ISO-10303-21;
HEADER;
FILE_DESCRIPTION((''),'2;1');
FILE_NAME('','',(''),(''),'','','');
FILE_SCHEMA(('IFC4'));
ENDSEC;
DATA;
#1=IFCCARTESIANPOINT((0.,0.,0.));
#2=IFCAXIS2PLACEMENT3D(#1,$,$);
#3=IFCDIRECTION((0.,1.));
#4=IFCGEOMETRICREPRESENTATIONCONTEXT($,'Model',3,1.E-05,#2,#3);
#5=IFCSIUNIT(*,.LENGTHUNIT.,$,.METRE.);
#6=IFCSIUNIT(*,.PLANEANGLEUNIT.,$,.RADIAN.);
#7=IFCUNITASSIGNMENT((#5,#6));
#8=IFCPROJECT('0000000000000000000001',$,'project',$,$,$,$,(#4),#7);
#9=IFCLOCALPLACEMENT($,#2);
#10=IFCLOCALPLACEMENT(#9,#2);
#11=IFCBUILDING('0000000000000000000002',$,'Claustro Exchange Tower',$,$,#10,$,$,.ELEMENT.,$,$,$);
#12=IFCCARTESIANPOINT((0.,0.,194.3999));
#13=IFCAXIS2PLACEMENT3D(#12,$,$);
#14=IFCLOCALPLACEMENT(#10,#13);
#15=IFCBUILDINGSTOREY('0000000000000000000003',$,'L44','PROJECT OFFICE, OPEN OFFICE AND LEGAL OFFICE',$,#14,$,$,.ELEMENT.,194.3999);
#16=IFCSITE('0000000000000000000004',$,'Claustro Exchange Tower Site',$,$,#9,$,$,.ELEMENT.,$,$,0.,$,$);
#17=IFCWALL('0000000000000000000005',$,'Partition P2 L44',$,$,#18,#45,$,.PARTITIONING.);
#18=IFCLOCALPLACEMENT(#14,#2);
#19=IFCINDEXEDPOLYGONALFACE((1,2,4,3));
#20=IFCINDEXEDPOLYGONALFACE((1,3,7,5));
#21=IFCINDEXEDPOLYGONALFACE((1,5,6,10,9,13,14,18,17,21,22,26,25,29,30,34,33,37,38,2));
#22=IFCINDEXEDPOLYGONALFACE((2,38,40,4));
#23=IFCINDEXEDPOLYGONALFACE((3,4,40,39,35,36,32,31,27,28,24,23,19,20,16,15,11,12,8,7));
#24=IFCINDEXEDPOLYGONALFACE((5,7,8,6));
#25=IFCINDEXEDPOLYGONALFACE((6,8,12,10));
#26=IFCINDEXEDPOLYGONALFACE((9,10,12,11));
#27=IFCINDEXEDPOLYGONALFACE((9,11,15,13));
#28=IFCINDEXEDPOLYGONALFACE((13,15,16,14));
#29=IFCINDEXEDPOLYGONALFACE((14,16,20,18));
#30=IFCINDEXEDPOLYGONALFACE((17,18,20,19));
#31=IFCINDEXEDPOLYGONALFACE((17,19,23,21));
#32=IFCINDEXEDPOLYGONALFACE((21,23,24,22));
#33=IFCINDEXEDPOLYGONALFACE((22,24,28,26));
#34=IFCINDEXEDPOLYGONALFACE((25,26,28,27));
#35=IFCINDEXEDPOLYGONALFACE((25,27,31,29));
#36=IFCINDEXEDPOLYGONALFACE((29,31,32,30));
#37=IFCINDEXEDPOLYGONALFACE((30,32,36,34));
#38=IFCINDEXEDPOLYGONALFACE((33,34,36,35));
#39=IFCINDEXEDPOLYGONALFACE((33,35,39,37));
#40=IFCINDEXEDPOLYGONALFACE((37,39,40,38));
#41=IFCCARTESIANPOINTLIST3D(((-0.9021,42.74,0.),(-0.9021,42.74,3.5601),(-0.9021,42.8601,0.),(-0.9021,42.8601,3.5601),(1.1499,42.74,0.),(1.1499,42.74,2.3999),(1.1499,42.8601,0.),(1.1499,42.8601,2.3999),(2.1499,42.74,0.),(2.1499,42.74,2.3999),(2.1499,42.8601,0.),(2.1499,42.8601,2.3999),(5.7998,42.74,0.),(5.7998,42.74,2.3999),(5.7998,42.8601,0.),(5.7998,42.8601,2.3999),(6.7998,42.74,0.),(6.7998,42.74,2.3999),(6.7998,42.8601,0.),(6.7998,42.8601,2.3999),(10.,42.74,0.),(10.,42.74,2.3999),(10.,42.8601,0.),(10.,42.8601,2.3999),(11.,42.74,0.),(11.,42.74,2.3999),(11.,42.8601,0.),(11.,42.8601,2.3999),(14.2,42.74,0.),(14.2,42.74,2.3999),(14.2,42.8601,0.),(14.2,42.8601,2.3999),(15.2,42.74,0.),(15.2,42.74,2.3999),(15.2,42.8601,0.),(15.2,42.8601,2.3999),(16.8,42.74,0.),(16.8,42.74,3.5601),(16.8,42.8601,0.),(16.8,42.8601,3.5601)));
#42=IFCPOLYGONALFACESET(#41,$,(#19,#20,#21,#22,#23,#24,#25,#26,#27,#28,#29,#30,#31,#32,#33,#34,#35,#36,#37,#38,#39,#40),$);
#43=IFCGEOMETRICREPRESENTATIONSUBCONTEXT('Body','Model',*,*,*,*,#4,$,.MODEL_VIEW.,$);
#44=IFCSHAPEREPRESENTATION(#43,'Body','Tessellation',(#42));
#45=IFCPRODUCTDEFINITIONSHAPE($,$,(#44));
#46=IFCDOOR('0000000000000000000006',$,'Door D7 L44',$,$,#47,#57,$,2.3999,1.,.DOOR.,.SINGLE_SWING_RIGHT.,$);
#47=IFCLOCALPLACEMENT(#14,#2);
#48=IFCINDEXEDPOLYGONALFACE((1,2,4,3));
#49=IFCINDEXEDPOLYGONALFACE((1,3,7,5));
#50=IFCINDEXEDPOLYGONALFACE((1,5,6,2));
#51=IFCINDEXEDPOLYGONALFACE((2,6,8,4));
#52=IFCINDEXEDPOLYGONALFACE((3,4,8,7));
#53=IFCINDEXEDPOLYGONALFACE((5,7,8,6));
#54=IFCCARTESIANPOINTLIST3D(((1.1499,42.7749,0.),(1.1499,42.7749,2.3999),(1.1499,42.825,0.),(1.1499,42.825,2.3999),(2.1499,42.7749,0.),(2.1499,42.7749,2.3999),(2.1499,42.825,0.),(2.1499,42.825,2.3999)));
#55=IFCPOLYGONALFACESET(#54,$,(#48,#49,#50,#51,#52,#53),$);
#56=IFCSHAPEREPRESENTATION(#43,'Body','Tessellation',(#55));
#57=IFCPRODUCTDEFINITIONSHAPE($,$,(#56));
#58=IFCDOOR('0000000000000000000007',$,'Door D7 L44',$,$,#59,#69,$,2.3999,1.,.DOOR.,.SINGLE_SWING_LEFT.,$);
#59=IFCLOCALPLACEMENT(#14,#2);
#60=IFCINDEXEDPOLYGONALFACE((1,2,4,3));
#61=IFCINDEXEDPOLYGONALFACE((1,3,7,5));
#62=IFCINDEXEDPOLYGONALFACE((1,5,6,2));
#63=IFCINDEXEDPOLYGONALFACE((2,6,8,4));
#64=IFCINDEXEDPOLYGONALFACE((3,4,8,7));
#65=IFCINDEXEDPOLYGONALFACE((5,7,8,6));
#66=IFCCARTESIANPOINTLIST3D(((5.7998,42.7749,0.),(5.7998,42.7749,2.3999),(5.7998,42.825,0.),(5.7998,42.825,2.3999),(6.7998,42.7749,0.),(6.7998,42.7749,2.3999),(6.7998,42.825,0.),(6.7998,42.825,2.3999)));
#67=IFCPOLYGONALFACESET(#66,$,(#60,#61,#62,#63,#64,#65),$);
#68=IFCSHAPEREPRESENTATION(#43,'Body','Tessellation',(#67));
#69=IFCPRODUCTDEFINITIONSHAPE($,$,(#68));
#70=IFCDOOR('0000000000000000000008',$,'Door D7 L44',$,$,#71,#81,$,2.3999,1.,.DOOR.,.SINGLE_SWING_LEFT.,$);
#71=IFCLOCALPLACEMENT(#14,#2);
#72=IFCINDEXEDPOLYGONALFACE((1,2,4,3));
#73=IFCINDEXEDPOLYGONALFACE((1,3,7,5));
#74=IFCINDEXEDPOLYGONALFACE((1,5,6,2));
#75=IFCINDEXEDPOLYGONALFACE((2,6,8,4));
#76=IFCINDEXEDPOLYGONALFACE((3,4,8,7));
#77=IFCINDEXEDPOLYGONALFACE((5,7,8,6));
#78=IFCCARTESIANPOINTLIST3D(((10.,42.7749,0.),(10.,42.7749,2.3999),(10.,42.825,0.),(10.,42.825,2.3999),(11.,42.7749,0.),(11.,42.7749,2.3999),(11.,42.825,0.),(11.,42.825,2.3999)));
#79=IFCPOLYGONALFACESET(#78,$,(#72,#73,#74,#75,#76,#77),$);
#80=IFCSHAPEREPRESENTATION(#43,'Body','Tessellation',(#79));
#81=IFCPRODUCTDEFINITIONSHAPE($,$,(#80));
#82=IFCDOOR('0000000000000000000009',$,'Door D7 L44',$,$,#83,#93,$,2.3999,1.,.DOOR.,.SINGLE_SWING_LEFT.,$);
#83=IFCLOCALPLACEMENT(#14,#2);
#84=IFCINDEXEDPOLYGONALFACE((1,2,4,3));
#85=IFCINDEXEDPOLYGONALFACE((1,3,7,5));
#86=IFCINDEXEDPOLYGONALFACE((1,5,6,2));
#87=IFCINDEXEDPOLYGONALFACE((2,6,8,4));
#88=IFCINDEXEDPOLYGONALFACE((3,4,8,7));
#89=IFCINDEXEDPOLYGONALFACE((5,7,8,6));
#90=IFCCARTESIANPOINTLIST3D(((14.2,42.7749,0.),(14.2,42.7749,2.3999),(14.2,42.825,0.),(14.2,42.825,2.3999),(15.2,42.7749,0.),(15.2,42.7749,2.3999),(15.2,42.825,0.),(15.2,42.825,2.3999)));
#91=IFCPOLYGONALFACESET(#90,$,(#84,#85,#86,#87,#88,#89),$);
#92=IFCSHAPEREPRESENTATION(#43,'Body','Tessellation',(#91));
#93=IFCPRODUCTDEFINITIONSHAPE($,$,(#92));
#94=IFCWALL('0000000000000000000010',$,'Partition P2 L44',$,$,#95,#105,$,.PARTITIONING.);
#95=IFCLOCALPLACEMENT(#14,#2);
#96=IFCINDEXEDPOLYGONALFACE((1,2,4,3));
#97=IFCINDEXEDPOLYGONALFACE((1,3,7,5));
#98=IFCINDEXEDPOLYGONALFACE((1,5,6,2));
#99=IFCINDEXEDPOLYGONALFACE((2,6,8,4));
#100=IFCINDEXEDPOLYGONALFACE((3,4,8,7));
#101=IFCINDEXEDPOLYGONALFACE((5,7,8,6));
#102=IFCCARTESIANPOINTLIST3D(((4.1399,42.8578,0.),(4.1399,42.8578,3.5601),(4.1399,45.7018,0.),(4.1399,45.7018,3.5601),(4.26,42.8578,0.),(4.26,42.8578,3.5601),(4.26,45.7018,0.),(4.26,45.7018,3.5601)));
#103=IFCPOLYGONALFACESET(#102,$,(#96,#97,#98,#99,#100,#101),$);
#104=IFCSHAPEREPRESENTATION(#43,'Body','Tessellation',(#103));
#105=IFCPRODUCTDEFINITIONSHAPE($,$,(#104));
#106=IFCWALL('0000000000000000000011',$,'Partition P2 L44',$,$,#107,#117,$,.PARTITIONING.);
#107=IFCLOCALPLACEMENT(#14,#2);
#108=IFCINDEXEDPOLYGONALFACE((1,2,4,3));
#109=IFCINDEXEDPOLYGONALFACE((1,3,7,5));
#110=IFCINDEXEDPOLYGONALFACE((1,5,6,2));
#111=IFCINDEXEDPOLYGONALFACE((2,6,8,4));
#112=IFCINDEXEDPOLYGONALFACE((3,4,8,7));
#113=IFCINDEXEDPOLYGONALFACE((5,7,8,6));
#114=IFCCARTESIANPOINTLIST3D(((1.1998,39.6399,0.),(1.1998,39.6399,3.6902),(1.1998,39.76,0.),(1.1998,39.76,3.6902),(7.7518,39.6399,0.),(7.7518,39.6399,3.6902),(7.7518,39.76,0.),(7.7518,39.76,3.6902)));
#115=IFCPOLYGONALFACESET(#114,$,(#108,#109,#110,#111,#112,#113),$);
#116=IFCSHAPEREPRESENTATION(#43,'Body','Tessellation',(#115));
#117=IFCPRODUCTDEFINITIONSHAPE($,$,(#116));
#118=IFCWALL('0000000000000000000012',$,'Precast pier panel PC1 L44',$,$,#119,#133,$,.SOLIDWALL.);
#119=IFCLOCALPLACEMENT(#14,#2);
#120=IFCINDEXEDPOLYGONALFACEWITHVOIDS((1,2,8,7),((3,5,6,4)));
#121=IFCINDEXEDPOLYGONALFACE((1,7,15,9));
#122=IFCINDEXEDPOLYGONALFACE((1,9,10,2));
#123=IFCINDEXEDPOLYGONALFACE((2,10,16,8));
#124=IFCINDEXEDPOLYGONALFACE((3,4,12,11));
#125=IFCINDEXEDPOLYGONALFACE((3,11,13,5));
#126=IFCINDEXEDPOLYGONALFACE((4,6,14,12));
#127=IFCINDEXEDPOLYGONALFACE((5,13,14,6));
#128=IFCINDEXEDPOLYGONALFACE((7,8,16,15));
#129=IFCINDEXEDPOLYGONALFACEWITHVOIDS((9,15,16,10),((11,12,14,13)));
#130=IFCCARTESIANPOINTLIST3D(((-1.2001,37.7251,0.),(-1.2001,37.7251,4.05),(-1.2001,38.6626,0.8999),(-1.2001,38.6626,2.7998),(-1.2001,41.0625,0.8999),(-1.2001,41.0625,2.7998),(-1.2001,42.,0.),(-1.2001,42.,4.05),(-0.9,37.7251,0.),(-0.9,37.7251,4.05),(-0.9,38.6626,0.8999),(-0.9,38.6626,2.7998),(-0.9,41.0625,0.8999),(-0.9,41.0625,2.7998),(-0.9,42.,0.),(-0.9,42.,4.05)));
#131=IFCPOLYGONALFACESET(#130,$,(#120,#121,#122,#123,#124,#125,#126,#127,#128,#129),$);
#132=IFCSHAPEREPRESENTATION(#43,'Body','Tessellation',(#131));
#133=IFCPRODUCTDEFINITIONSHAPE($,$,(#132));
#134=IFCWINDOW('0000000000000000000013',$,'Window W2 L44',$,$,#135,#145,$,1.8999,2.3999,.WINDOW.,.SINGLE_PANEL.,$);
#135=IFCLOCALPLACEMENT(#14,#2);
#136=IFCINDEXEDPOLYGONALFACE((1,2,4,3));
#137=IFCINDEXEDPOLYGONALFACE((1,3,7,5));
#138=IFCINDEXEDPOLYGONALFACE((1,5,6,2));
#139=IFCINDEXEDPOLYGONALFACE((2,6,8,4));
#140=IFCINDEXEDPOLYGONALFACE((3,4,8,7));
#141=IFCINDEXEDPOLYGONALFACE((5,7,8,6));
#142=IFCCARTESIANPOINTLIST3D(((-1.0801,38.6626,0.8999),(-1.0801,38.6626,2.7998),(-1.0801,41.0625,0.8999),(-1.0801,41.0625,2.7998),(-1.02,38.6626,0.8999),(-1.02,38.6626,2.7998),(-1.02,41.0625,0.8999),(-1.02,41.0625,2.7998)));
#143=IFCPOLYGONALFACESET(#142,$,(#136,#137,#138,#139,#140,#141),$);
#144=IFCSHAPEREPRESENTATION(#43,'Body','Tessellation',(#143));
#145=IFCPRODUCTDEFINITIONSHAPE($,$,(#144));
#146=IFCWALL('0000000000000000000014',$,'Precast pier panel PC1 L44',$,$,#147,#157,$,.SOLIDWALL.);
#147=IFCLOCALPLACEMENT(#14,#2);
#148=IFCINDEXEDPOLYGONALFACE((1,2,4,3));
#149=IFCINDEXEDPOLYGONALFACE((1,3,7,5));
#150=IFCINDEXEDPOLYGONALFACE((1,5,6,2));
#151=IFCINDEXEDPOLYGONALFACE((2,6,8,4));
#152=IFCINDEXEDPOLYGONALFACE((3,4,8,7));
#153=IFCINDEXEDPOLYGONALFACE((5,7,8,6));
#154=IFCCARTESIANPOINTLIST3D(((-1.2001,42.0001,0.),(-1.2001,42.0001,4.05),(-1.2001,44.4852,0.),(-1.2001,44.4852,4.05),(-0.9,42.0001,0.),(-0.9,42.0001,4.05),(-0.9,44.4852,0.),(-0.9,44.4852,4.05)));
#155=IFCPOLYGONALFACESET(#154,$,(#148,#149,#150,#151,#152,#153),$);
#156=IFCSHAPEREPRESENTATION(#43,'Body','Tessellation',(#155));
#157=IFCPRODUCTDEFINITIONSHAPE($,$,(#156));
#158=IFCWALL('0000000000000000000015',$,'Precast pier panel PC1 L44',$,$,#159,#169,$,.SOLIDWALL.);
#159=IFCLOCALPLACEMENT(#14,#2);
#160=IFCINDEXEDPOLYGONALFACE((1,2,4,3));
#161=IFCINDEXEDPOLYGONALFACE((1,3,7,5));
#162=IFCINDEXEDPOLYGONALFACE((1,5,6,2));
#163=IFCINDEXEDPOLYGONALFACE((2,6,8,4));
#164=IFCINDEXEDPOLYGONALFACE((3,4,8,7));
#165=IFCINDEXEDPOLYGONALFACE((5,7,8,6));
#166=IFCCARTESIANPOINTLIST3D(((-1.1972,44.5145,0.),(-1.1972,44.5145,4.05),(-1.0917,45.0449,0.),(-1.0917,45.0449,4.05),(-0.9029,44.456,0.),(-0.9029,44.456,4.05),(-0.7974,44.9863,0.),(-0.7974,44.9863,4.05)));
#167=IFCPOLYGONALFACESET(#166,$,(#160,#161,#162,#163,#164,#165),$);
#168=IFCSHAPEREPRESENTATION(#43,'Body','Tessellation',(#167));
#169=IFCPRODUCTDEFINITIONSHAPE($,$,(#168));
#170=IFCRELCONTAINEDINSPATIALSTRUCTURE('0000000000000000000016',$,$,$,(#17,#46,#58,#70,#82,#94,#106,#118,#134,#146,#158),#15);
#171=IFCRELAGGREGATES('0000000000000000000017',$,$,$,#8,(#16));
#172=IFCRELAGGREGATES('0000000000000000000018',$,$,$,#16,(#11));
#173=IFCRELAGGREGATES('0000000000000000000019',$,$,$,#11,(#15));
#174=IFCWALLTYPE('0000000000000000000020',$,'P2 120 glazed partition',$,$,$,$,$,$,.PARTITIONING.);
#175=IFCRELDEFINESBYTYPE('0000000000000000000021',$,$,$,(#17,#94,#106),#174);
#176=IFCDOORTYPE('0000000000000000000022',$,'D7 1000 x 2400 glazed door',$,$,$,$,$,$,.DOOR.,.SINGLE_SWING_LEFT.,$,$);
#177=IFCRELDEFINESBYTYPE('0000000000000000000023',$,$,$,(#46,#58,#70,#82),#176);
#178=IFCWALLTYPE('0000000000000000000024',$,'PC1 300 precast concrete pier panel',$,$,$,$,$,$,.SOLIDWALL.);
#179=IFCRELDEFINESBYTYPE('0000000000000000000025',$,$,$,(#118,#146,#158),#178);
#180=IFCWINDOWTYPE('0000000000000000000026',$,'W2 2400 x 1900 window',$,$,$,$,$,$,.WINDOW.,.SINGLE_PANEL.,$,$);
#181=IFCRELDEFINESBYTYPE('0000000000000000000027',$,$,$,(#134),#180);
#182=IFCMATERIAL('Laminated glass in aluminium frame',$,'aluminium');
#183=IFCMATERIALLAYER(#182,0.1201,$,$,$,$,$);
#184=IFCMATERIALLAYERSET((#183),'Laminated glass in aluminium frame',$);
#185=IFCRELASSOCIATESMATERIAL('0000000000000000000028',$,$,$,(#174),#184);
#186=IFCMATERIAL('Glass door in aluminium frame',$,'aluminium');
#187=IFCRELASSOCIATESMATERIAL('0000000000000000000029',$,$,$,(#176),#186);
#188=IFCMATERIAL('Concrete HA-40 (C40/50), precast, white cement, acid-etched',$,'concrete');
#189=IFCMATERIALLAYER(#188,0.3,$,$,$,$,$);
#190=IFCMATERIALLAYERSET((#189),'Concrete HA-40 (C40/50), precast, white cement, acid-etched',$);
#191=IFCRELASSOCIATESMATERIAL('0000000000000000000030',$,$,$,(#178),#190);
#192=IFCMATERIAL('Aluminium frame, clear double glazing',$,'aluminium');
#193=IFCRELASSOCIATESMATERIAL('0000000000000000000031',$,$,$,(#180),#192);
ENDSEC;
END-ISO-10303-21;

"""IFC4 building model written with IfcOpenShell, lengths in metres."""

from ifc_helpers import new_model, si_unit, direction, frame, frame_2d, origin, place, context, subcontext, project, spatial, rectangle, extrude, material, layer, layer_set, type_object, element, fill, save


model = new_model("IFC4")

# Units and contexts
model_context = context("Model", 3, precision=1e-05, world=origin(), true_north=direction((0.0, 1.0)))
body_context = subcontext(model_context, "Body", "Model", "MODEL_VIEW")
ifc_project = project(units=[si_unit("LENGTHUNIT", "METRE"), si_unit("PLANEANGLEUNIT", "RADIAN")], contexts=[model_context])

# Site, building, storey
site_placement = place(None, origin())
site = spatial("IfcSite", under=ifc_project, at=site_placement, Name="Claustro Exchange Tower Site", CompositionType="ELEMENT", RefElevation=0.0)
building_placement = place(site_placement, origin())
building = spatial("IfcBuilding", under=site, at=building_placement, Name="Claustro Exchange Tower", CompositionType="ELEMENT")
storey_placement = place(building_placement, frame((0.0, 0.0, 194.3999)))
storey = spatial("IfcBuildingStorey", under=building, at=storey_placement, Name="L44", Description="PROJECT OFFICE, OPEN OFFICE AND LEGAL OFFICE", CompositionType="ELEMENT", Elevation=194.3999)

# Wall, openings, doors
ifc_material_1 = material(Name="Laminated glass in aluminium frame", Category="aluminium")
ifc_layer_1 = layer(ifc_material_1, 0.1201)
ifc_layer_set_1 = layer_set([ifc_layer_1], Name="Laminated glass in aluminium frame")
wall_type_1 = type_object("IfcWallType", Name="P2 120 glazed partition", PredefinedType="PARTITIONING", material=ifc_layer_set_1)
wall_1_placement = place(storey_placement, frame((-0.9021, 42.8, 0.0), z_axis=(0.0, 0.0, 1.0), x_axis=(1.0, 0.0, 0.0)))
wall_1 = element("IfcWall", 1, at=wall_1_placement, inside=storey, type_object=wall_type_1, Name="Partition P2 L44", PredefinedType="PARTITIONING", context=body_context, shape_type="SweptSolid", body=[
    extrude(rectangle(XDim=17.7021, YDim=0.1201, at=frame_2d((8.8511, 0.0))), origin(), (0.0, 0.0, 1.0), 3.5601),
])
opening_1_placement = place(wall_1_placement, frame((2.052, 0.0, 0.0)))
opening_1 = element("IfcOpeningElement", 2, at=opening_1_placement, cuts=wall_1, PredefinedType="OPENING", context=body_context, shape_type="SweptSolid", body=[
    extrude(rectangle(XDim=1.0, YDim=2.3999, at=frame_2d((0.5, 1.2))), frame((0.0, 0.0701, 0.0), z_axis=(0.0, -1.0, 0.0), x_axis=(1.0, 0.0, 0.0)), (0.0, 0.0, 1.0), 0.1401),
])
opening_2_placement = place(wall_1_placement, frame((6.7019, 0.0, 0.0)))
opening_2 = element("IfcOpeningElement", 3, at=opening_2_placement, cuts=wall_1, PredefinedType="OPENING", context=body_context, shape_type="SweptSolid", body=[
    extrude(rectangle(XDim=1.0, YDim=2.3999, at=frame_2d((0.5, 1.2))), frame((0.0, 0.0701, 0.0), z_axis=(0.0, -1.0, 0.0), x_axis=(1.0, 0.0, 0.0)), (0.0, 0.0, 1.0), 0.1401),
])
opening_3_placement = place(wall_1_placement, frame((10.9021, 0.0, 0.0)))
opening_3 = element("IfcOpeningElement", 4, at=opening_3_placement, cuts=wall_1, PredefinedType="OPENING", context=body_context, shape_type="SweptSolid", body=[
    extrude(rectangle(XDim=1.0, YDim=2.3999, at=frame_2d((0.5, 1.2))), frame((0.0, 0.0701, 0.0), z_axis=(0.0, -1.0, 0.0), x_axis=(1.0, 0.0, 0.0)), (0.0, 0.0, 1.0), 0.1401),
])
opening_4_placement = place(wall_1_placement, frame((15.1021, 0.0, 0.0)))
opening_4 = element("IfcOpeningElement", 5, at=opening_4_placement, cuts=wall_1, PredefinedType="OPENING", context=body_context, shape_type="SweptSolid", body=[
    extrude(rectangle(XDim=1.0, YDim=2.3999, at=frame_2d((0.5, 1.2))), frame((0.0, 0.0701, 0.0), z_axis=(0.0, -1.0, 0.0), x_axis=(1.0, 0.0, 0.0)), (0.0, 0.0, 1.0), 0.1401),
])
ifc_material_2 = material(Name="Glass door in aluminium frame", Category="aluminium")
door_type = type_object("IfcDoorType", Name="D7 1000 x 2400 glazed door", OperationType="SINGLE_SWING_LEFT", PredefinedType="DOOR", material=ifc_material_2)
door_1_placement = place(opening_1_placement, origin())
door_1 = element("IfcDoor", 6, at=door_1_placement, inside=storey, type_object=door_type, Name="Door D7 L44", OperationType="SINGLE_SWING_RIGHT", OverallHeight=2.3999, OverallWidth=1.0, PredefinedType="DOOR", context=body_context, shape_type="SweptSolid", body=[
    extrude(rectangle(XDim=1.0, YDim=2.3999, at=frame_2d((0.5, 1.2))), frame((0.0, 0.0249, 0.0), z_axis=(0.0, -1.0, 0.0), x_axis=(1.0, 0.0, 0.0)), (0.0, 0.0, 1.0), 0.05),
])
fill(opening_1, door_1)
door_2_placement = place(opening_2_placement, origin())
door_2 = element("IfcDoor", 7, at=door_2_placement, inside=storey, type_object=door_type, Name="Door D7 L44", OperationType="SINGLE_SWING_LEFT", OverallHeight=2.3999, OverallWidth=1.0, PredefinedType="DOOR", context=body_context, shape_type="SweptSolid", body=[
    extrude(rectangle(XDim=1.0, YDim=2.3999, at=frame_2d((0.5, 1.2))), frame((0.0, 0.0249, 0.0), z_axis=(0.0, -1.0, 0.0), x_axis=(1.0, 0.0, 0.0)), (0.0, 0.0, 1.0), 0.05),
])
fill(opening_2, door_2)
door_3_placement = place(opening_3_placement, origin())
door_3 = element("IfcDoor", 8, at=door_3_placement, inside=storey, type_object=door_type, Name="Door D7 L44", OperationType="SINGLE_SWING_LEFT", OverallHeight=2.3999, OverallWidth=1.0, PredefinedType="DOOR", context=body_context, shape_type="SweptSolid", body=[
    extrude(rectangle(XDim=1.0, YDim=2.3999, at=frame_2d((0.5, 1.2))), frame((0.0, 0.0249, 0.0), z_axis=(0.0, -1.0, 0.0), x_axis=(1.0, 0.0, 0.0)), (0.0, 0.0, 1.0), 0.05),
])
fill(opening_3, door_3)
door_4_placement = place(opening_4_placement, origin())
door_4 = element("IfcDoor", 9, at=door_4_placement, inside=storey, type_object=door_type, Name="Door D7 L44", OperationType="SINGLE_SWING_LEFT", OverallHeight=2.3999, OverallWidth=1.0, PredefinedType="DOOR", context=body_context, shape_type="SweptSolid", body=[
    extrude(rectangle(XDim=1.0, YDim=2.3999, at=frame_2d((0.5, 1.2))), frame((0.0, 0.0249, 0.0), z_axis=(0.0, -1.0, 0.0), x_axis=(1.0, 0.0, 0.0)), (0.0, 0.0, 1.0), 0.05),
])
fill(opening_4, door_4)

# Walls
wall_2_placement = place(storey_placement, frame((4.2, 42.8579, 0.0), z_axis=(0.0, 0.0, 1.0), x_axis=(0.0, 1.0, 0.0)))
element("IfcWall", 10, at=wall_2_placement, inside=storey, type_object=wall_type_1, Name="Partition P2 L44", PredefinedType="PARTITIONING", context=body_context, shape_type="SweptSolid", body=[
    extrude(rectangle(XDim=2.844, YDim=0.1201, at=frame_2d((1.4219, 0.0))), origin(), (0.0, 0.0, 1.0), 3.5601),
])
wall_3_placement = place(storey_placement, frame((1.2, 39.7, 0.0), z_axis=(0.0, 0.0, 1.0), x_axis=(1.0, 0.0, 0.0)))
element("IfcWall", 11, at=wall_3_placement, inside=storey, type_object=wall_type_1, Name="Partition P2 L44", PredefinedType="PARTITIONING", context=body_context, shape_type="SweptSolid", body=[
    extrude(rectangle(XDim=6.552, YDim=0.1201, at=frame_2d((3.2759, 0.0))), origin(), (0.0, 0.0, 1.0), 3.6902),
])

# Wall, opening, window
ifc_material_3 = material(Name="Concrete HA-40 (C40/50), precast, white cement, acid-etched", Category="concrete")
ifc_layer_2 = layer(ifc_material_3, 0.3)
ifc_layer_set_2 = layer_set([ifc_layer_2], Name="Concrete HA-40 (C40/50), precast, white cement, acid-etched")
wall_type_2 = type_object("IfcWallType", Name="PC1 300 precast concrete pier panel", PredefinedType="SOLIDWALL", material=ifc_layer_set_2)
wall_4_placement = place(storey_placement, frame((-1.05, 37.7251, 0.0), z_axis=(0.0, 0.0, 1.0), x_axis=(0.0, 1.0, 0.0)))
wall_4 = element("IfcWall", 12, at=wall_4_placement, inside=storey, type_object=wall_type_2, Name="Precast pier panel PC1 L44", PredefinedType="SOLIDWALL", context=body_context, shape_type="SweptSolid", body=[
    extrude(rectangle(XDim=4.2749, YDim=0.3, at=frame_2d((2.1375, 0.0))), origin(), (0.0, 0.0, 1.0), 4.05),
])
opening_5_placement = place(wall_4_placement, frame((0.9375, 0.0, 0.8999)))
opening_5 = element("IfcOpeningElement", 13, at=opening_5_placement, cuts=wall_4, PredefinedType="OPENING", context=body_context, shape_type="SweptSolid", body=[
    extrude(rectangle(XDim=2.3999, YDim=1.8999, at=frame_2d((1.2, 0.95))), frame((0.0, 0.1599, 0.0), z_axis=(0.0, -1.0, 0.0), x_axis=(1.0, 0.0, 0.0)), (0.0, 0.0, 1.0), 0.3201),
])
ifc_material_4 = material(Name="Aluminium frame, clear double glazing", Category="aluminium")
window_type_1 = type_object("IfcWindowType", Name="W2 2400 x 1900 window", PartitioningType="SINGLE_PANEL", PredefinedType="WINDOW", material=ifc_material_4)
window_1_placement = place(opening_5_placement, origin())
window_1 = element("IfcWindow", 14, at=window_1_placement, inside=storey, type_object=window_type_1, Name="Window W2 L44", OverallHeight=1.8999, OverallWidth=2.3999, PartitioningType="SINGLE_PANEL", PredefinedType="WINDOW", context=body_context, shape_type="SweptSolid", body=[
    extrude(rectangle(XDim=2.3999, YDim=1.8999, at=frame_2d((1.2, 0.95))), frame((0.0, 0.03, 0.0), z_axis=(0.0, -1.0, 0.0), x_axis=(1.0, 0.0, 0.0)), (0.0, 0.0, 1.0), 0.0601),
])
fill(opening_5, window_1)

# Walls
wall_5_placement = place(storey_placement, frame((-1.05, 42.0, 0.0), z_axis=(0.0, 0.0, 1.0), x_axis=(0.0, 1.0, 0.0)))
element("IfcWall", 15, at=wall_5_placement, inside=storey, type_object=wall_type_2, Name="Precast pier panel PC1 L44", PredefinedType="SOLIDWALL", context=body_context, shape_type="SweptSolid", body=[
    extrude(rectangle(XDim=2.4851, YDim=0.3, at=frame_2d((1.2427, 0.0))), origin(), (0.0, 0.0, 1.0), 4.05),
])
wall_6_placement = place(storey_placement, frame((-1.05, 44.4851, 0.0), z_axis=(0.0, 0.0, 1.0), x_axis=(0.195074, 0.980789, 0.0)))
element("IfcWall", 16, at=wall_6_placement, inside=storey, type_object=wall_type_2, Name="Precast pier panel PC1 L44", PredefinedType="SOLIDWALL", context=body_context, shape_type="SweptSolid", body=[
    extrude(rectangle(XDim=0.5408, YDim=0.3, at=frame_2d((0.2705, 0.0))), origin(), (0.0, 0.0, 1.0), 4.05),
])

save(model, "model.ifc")
